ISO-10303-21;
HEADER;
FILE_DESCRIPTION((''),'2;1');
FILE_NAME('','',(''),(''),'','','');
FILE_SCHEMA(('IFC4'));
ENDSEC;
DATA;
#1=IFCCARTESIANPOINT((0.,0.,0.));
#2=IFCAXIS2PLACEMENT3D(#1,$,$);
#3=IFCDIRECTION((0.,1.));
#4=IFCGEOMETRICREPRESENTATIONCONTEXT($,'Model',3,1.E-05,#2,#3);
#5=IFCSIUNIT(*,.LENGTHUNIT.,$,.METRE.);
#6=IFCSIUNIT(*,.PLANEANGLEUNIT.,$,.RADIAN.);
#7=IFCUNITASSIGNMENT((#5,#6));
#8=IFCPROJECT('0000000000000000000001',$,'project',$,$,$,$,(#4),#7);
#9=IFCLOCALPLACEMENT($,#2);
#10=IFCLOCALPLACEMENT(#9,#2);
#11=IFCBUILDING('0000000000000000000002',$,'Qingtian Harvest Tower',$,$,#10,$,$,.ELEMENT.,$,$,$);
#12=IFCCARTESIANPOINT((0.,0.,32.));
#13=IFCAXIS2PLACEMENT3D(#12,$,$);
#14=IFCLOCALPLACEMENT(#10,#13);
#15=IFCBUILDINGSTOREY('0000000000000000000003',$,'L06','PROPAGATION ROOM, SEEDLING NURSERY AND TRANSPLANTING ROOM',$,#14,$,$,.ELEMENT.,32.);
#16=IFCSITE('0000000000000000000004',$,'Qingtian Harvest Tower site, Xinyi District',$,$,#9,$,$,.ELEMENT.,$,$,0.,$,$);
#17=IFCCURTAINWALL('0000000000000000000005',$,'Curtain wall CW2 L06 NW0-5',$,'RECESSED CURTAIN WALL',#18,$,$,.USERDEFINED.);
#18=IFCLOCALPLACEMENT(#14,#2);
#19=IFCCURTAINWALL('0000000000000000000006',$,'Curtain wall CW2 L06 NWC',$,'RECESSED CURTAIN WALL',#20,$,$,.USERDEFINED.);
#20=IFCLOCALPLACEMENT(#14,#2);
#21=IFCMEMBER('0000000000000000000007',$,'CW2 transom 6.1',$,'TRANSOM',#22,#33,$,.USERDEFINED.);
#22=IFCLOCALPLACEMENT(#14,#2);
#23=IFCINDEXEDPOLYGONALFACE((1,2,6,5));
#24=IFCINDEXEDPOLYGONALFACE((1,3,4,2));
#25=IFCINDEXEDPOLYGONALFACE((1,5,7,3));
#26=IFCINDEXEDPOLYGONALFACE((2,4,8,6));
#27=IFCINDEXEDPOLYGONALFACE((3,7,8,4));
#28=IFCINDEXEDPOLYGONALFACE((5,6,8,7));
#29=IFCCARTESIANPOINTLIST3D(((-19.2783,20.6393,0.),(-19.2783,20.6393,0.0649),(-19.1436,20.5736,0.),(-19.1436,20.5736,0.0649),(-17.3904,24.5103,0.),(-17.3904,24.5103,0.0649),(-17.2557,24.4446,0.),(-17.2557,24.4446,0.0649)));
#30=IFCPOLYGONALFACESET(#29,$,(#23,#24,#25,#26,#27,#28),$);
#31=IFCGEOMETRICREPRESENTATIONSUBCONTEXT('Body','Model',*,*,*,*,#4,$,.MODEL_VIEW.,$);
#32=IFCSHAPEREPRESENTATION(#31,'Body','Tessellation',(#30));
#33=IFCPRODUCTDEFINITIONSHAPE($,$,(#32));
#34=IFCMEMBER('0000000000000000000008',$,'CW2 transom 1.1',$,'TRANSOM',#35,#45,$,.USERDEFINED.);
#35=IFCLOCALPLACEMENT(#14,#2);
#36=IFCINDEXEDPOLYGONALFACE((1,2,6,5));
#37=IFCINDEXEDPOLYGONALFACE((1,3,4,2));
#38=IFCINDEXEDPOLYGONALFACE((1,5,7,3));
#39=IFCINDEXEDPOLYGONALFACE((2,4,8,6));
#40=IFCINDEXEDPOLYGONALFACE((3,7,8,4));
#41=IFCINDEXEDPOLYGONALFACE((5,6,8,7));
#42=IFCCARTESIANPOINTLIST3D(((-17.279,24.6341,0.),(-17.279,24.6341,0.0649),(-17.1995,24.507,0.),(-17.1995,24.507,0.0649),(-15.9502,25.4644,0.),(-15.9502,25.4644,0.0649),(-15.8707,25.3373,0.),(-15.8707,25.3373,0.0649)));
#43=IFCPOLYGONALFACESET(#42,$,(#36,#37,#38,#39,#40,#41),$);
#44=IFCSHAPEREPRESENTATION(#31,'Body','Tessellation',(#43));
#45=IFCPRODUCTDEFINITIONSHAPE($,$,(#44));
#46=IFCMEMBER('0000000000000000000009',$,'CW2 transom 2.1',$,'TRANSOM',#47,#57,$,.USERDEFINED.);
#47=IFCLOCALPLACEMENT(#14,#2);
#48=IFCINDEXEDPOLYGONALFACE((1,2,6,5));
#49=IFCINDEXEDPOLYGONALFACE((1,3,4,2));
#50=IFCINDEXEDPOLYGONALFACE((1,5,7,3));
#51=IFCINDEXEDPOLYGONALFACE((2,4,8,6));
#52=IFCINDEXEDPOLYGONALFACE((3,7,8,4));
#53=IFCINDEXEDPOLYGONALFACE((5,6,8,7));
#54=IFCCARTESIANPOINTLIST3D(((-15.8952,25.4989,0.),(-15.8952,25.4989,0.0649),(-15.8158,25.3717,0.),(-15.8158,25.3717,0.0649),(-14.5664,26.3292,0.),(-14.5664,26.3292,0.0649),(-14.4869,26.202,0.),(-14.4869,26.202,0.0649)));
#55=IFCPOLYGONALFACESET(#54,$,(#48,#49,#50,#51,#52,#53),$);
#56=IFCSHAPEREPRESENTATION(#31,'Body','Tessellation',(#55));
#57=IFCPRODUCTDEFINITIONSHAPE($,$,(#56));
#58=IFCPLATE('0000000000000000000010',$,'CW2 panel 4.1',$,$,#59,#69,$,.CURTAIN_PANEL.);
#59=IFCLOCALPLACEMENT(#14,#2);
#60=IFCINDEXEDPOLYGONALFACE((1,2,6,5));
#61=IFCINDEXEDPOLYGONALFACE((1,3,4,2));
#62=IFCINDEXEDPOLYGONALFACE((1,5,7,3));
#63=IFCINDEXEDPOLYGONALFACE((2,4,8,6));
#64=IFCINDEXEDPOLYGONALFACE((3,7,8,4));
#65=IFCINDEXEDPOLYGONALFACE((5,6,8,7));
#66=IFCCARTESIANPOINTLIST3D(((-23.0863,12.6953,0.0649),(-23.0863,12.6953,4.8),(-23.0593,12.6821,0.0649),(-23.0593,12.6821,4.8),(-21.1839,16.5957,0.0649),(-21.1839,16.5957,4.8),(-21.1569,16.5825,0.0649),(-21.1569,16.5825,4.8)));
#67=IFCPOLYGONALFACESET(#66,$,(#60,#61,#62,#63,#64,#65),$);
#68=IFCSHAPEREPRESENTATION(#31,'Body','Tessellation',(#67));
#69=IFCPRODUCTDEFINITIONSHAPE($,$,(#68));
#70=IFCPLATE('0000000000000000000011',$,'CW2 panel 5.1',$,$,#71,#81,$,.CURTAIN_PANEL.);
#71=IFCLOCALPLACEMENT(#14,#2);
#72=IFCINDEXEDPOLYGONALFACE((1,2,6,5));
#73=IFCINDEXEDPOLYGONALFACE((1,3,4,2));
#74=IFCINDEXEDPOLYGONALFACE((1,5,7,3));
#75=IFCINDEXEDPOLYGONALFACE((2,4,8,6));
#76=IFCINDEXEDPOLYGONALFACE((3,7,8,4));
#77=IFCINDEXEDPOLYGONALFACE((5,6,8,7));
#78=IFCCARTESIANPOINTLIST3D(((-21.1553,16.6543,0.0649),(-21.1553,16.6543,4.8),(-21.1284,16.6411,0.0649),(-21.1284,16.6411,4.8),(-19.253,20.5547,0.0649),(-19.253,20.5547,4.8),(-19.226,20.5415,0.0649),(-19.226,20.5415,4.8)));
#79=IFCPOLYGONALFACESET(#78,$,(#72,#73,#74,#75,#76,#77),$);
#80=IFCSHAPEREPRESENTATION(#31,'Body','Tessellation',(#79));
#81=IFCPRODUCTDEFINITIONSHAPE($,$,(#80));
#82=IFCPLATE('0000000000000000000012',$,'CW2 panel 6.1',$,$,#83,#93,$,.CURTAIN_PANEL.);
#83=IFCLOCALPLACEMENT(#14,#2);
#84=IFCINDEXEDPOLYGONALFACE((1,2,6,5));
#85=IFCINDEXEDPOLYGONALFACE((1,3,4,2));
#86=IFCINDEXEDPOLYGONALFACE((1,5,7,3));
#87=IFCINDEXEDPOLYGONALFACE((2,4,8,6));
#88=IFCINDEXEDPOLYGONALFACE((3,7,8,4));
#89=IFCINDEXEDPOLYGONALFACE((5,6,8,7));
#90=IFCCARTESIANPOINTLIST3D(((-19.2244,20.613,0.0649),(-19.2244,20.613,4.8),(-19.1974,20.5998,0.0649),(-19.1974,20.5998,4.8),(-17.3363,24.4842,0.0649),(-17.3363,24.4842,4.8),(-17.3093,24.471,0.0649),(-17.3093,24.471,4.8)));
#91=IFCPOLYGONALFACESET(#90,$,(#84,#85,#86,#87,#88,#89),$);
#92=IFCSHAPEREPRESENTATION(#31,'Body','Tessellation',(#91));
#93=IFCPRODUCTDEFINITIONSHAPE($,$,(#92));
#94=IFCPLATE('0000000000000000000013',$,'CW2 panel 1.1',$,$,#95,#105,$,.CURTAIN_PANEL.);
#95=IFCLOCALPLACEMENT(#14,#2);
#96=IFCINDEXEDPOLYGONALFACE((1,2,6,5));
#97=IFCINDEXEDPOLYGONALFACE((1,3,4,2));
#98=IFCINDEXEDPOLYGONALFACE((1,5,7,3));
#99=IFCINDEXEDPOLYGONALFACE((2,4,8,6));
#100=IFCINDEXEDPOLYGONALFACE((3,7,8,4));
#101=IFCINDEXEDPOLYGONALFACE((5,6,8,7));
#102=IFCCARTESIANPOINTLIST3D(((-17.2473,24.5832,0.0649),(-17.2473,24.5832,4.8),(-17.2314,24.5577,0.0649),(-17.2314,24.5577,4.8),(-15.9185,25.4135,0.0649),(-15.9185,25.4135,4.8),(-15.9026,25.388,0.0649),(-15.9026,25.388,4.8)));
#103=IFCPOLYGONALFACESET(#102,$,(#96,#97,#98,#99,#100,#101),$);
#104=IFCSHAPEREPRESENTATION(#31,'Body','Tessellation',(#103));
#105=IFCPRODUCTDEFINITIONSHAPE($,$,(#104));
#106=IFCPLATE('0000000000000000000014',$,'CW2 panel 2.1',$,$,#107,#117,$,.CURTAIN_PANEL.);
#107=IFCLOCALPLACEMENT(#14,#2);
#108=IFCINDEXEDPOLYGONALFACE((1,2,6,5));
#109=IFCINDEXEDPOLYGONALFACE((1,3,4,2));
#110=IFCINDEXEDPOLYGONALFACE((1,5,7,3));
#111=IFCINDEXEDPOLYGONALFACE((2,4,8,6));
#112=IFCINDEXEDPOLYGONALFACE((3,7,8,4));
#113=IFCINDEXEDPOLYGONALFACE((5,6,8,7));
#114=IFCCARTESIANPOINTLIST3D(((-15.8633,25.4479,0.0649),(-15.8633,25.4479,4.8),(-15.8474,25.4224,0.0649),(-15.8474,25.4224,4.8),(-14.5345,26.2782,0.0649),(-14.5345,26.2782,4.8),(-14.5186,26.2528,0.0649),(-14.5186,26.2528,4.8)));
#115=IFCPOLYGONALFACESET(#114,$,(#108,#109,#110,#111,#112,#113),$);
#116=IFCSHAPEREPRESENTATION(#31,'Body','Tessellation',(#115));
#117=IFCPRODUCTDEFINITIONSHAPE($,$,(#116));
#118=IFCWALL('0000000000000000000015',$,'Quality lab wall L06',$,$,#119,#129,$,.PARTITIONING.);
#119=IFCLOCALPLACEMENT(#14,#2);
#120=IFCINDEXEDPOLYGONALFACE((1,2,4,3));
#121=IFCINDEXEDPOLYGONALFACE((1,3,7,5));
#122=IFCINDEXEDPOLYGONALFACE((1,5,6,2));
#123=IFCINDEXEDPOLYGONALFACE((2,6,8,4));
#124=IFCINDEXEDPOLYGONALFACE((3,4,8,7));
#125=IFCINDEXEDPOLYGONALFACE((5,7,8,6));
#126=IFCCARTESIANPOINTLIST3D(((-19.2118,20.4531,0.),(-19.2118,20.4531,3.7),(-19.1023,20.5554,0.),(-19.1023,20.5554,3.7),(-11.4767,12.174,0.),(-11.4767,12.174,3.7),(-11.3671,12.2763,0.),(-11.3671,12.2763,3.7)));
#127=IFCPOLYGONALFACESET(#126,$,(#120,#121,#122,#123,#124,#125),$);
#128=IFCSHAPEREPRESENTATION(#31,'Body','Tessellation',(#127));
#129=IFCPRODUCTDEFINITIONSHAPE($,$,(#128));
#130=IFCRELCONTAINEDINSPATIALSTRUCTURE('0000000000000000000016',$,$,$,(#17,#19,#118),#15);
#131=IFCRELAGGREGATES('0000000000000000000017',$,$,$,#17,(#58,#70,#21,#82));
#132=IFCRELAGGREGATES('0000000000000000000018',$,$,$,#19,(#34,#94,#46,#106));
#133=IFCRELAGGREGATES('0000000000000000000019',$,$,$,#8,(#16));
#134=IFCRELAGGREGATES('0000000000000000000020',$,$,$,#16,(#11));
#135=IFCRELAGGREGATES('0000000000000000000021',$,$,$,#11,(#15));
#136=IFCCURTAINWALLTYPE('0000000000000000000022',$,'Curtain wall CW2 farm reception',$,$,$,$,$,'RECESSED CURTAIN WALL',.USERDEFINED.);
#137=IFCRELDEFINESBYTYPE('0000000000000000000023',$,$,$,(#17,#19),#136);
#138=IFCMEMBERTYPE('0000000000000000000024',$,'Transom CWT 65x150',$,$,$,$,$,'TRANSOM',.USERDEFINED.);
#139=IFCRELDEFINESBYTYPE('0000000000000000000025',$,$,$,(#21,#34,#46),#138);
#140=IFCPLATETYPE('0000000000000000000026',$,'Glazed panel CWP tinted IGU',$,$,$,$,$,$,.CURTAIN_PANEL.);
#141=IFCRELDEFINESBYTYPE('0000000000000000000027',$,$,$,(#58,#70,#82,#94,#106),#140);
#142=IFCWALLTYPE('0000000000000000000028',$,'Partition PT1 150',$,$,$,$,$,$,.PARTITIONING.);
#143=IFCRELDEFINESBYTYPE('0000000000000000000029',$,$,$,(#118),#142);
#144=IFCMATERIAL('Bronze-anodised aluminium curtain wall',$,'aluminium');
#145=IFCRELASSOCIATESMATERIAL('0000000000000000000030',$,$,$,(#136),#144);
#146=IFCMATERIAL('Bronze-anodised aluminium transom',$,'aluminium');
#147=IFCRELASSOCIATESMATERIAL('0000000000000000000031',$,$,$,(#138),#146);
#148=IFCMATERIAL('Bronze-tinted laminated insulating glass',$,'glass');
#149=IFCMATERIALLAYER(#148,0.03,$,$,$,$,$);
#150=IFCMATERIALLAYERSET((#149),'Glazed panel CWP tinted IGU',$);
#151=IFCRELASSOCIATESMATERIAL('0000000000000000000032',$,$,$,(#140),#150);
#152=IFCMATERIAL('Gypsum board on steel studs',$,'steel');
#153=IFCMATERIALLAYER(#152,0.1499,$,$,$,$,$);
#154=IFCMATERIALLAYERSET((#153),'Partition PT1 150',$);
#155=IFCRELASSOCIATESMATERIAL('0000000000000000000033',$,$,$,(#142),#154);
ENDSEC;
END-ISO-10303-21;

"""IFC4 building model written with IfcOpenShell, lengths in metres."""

from ifc_helpers import new_model, si_unit, direction, frame, frame_2d, origin, origin_2d, place, context, subcontext, project, spatial, rectangle, extrude, material, layer, layer_set, material_profile, profile_set, type_object, element, aggregate, save


model = new_model("IFC4")

# Units and contexts
model_context = context("Model", 3, precision=1e-05, world=origin(), true_north=direction((0.0, 1.0)))
body_context = subcontext(model_context, "Body", "Model", "MODEL_VIEW")
ifc_project = project(units=[si_unit("LENGTHUNIT", "METRE"), si_unit("PLANEANGLEUNIT", "RADIAN")], contexts=[model_context])

# Site, building, storey
site_placement = place(None, origin())
site = spatial("IfcSite", under=ifc_project, at=site_placement, Name="Qingtian Harvest Tower site, Xinyi District", CompositionType="ELEMENT", RefElevation=0.0)
building_placement = place(site_placement, origin())
building = spatial("IfcBuilding", under=site, at=building_placement, Name="Qingtian Harvest Tower", CompositionType="ELEMENT")
storey_placement = place(building_placement, frame((0.0, 0.0, 32.0)))
storey = spatial("IfcBuildingStorey", under=building, at=storey_placement, Name="L06", Description="PROPAGATION ROOM, SEEDLING NURSERY AND TRANSPLANTING ROOM", CompositionType="ELEMENT", Elevation=32.0)

# Curtain walls
ifc_material_1 = material(Name="Bronze-anodised aluminium curtain wall", Category="aluminium")
curtain_wall_type = type_object("IfcCurtainWallType", Name="Curtain wall CW2 farm reception", ElementType="RECESSED CURTAIN WALL", PredefinedType="USERDEFINED", material=ifc_material_1)
curtain_wall_1_placement = place(storey_placement, origin())
curtain_wall_1 = element("IfcCurtainWall", 1, at=curtain_wall_1_placement, inside=storey, type_object=curtain_wall_type, Name="Curtain wall CW2 L06 NW0-5", ObjectType="RECESSED CURTAIN WALL", PredefinedType="USERDEFINED")
curtain_wall_2_placement = place(storey_placement, origin())
curtain_wall_2 = element("IfcCurtainWall", 2, at=curtain_wall_2_placement, inside=storey, type_object=curtain_wall_type, Name="Curtain wall CW2 L06 NWC", ObjectType="RECESSED CURTAIN WALL", PredefinedType="USERDEFINED")

# Members
ifc_material_2 = material(Name="Bronze-anodised aluminium transom", Category="aluminium")
ifc_material_profile_1 = material_profile(ifc_material_2, rectangle(XDim=0.1499, YDim=0.0649, at=origin_2d()), Name="AL 65x150")
ifc_profile_set_1 = profile_set([ifc_material_profile_1], Name="Bronze-anodised aluminium transom")
member_type_1 = type_object("IfcMemberType", Name="Transom CWT 65x150", ElementType="TRANSOM", PredefinedType="USERDEFINED", material=ifc_profile_set_1)
member_1_placement = place(storey_placement, frame((-19.2109, 20.6064, 0.0325), z_axis=(0.438349, 0.898805, 0.0), x_axis=(-0.898805, 0.438349, 0.0)))
member_1 = element("IfcMember", 3, at=member_1_placement, type_object=member_type_1, Name="CW2 transom 6.1", ObjectType="TRANSOM", PredefinedType="USERDEFINED", context=body_context, shape_type="SweptSolid", body=[
    extrude(rectangle(XDim=0.1499, YDim=0.0649, at=origin_2d()), origin(), (0.0, 0.0, 1.0), 4.3069),
])
member_2_placement = place(storey_placement, frame((-17.2393, 24.5706, 0.0325), z_axis=(0.84806, 0.529901, 0.0), x_axis=(-0.529901, 0.84806, 0.0)))
member_2 = element("IfcMember", 4, at=member_2_placement, type_object=member_type_1, Name="CW2 transom 1.1", ObjectType="TRANSOM", PredefinedType="USERDEFINED", context=body_context, shape_type="SweptSolid", body=[
    extrude(rectangle(XDim=0.1499, YDim=0.0649, at=origin_2d()), origin(), (0.0, 0.0, 1.0), 1.5669),
])
member_3_placement = place(storey_placement, frame((-15.8555, 25.4353, 0.0325), z_axis=(0.84806, 0.529901, 0.0), x_axis=(-0.529901, 0.84806, 0.0)))
member_3 = element("IfcMember", 5, at=member_3_placement, type_object=member_type_1, Name="CW2 transom 2.1", ObjectType="TRANSOM", PredefinedType="USERDEFINED", context=body_context, shape_type="SweptSolid", body=[
    extrude(rectangle(XDim=0.1499, YDim=0.0649, at=origin_2d()), origin(), (0.0, 0.0, 1.0), 1.5669),
])

# Plates
ifc_material_3 = material(Name="Bronze-tinted laminated insulating glass", Category="glass")
ifc_layer_1 = layer(ifc_material_3, 0.03)
ifc_layer_set_1 = layer_set([ifc_layer_1], Name="Glazed panel CWP tinted IGU")
plate_type = type_object("IfcPlateType", Name="Glazed panel CWP tinted IGU", PredefinedType="CURTAIN_PANEL", material=ifc_layer_set_1)
plate_1_placement = place(storey_placement, frame((-22.1216, 14.6389, 0.0649), z_axis=(0.0, 0.0, 1.0), x_axis=(0.438371, 0.898794, 0.0)))
plate_1 = element("IfcPlate", 6, at=plate_1_placement, type_object=plate_type, Name="CW2 panel 4.1", PredefinedType="CURTAIN_PANEL", context=body_context, shape_type="SweptSolid", body=[
    extrude(rectangle(XDim=4.3396, YDim=0.03, at=origin_2d()), origin(), (0.0, 0.0, 1.0), 4.7351),
])
plate_2_placement = place(storey_placement, frame((-20.1907, 18.5979, 0.0649), z_axis=(0.0, 0.0, 1.0), x_axis=(0.438371, 0.898794, 0.0)))
plate_2 = element("IfcPlate", 7, at=plate_2_placement, type_object=plate_type, Name="CW2 panel 5.1", PredefinedType="CURTAIN_PANEL", context=body_context, shape_type="SweptSolid", body=[
    extrude(rectangle(XDim=4.3396, YDim=0.03, at=origin_2d()), origin(), (0.0, 0.0, 1.0), 4.7351),
])
plate_3_placement = place(storey_placement, frame((-18.2668, 22.542, 0.0649), z_axis=(0.0, 0.0, 1.0), x_axis=(0.438371, 0.898794, 0.0)))
plate_3 = element("IfcPlate", 8, at=plate_3_placement, type_object=plate_type, Name="CW2 panel 6.1", PredefinedType="CURTAIN_PANEL", context=body_context, shape_type="SweptSolid", body=[
    extrude(rectangle(XDim=4.3071, YDim=0.03, at=origin_2d()), origin(), (0.0, 0.0, 1.0), 4.7351),
])
aggregate(curtain_wall_1, [plate_1, plate_2, member_1, plate_3])
plate_4_placement = place(storey_placement, frame((-16.575, 24.9856, 0.0649), z_axis=(0.0, 0.0, 1.0), x_axis=(0.848048, 0.529919, 0.0)))
plate_4 = element("IfcPlate", 9, at=plate_4_placement, type_object=plate_type, Name="CW2 panel 1.1", PredefinedType="CURTAIN_PANEL", context=body_context, shape_type="SweptSolid", body=[
    extrude(rectangle(XDim=1.5669, YDim=0.03, at=origin_2d()), origin(), (0.0, 0.0, 1.0), 4.7351),
])
plate_5_placement = place(storey_placement, frame((-15.1909, 25.8503, 0.0649), z_axis=(0.0, 0.0, 1.0), x_axis=(0.848048, 0.529919, 0.0)))
plate_5 = element("IfcPlate", 10, at=plate_5_placement, type_object=plate_type, Name="CW2 panel 2.1", PredefinedType="CURTAIN_PANEL", context=body_context, shape_type="SweptSolid", body=[
    extrude(rectangle(XDim=1.5669, YDim=0.03, at=origin_2d()), origin(), (0.0, 0.0, 1.0), 4.7351),
])
aggregate(curtain_wall_2, [member_2, plate_4, member_3, plate_5])

# Wall
ifc_material_4 = material(Name="Gypsum board on steel studs", Category="steel")
ifc_layer_2 = layer(ifc_material_4, 0.1499)
ifc_layer_set_2 = layer_set([ifc_layer_2], Name="Partition PT1 150")
wall_type = type_object("IfcWallType", Name="Partition PT1 150", PredefinedType="PARTITIONING", material=ifc_layer_set_2)
wall_placement = place(storey_placement, frame((-19.157, 20.5042, 0.0), z_axis=(0.0, 0.0, 1.0), x_axis=(0.682695, -0.730703, 0.0)))
element("IfcWall", 11, at=wall_placement, inside=storey, type_object=wall_type, Name="Quality lab wall L06", PredefinedType="PARTITIONING", context=body_context, shape_type="SweptSolid", body=[
    extrude(rectangle(XDim=11.3303, YDim=0.1499, at=frame_2d((5.665, 0.0))), origin(), (0.0, 0.0, 1.0), 3.7),
])

save(model, "model.ifc")
